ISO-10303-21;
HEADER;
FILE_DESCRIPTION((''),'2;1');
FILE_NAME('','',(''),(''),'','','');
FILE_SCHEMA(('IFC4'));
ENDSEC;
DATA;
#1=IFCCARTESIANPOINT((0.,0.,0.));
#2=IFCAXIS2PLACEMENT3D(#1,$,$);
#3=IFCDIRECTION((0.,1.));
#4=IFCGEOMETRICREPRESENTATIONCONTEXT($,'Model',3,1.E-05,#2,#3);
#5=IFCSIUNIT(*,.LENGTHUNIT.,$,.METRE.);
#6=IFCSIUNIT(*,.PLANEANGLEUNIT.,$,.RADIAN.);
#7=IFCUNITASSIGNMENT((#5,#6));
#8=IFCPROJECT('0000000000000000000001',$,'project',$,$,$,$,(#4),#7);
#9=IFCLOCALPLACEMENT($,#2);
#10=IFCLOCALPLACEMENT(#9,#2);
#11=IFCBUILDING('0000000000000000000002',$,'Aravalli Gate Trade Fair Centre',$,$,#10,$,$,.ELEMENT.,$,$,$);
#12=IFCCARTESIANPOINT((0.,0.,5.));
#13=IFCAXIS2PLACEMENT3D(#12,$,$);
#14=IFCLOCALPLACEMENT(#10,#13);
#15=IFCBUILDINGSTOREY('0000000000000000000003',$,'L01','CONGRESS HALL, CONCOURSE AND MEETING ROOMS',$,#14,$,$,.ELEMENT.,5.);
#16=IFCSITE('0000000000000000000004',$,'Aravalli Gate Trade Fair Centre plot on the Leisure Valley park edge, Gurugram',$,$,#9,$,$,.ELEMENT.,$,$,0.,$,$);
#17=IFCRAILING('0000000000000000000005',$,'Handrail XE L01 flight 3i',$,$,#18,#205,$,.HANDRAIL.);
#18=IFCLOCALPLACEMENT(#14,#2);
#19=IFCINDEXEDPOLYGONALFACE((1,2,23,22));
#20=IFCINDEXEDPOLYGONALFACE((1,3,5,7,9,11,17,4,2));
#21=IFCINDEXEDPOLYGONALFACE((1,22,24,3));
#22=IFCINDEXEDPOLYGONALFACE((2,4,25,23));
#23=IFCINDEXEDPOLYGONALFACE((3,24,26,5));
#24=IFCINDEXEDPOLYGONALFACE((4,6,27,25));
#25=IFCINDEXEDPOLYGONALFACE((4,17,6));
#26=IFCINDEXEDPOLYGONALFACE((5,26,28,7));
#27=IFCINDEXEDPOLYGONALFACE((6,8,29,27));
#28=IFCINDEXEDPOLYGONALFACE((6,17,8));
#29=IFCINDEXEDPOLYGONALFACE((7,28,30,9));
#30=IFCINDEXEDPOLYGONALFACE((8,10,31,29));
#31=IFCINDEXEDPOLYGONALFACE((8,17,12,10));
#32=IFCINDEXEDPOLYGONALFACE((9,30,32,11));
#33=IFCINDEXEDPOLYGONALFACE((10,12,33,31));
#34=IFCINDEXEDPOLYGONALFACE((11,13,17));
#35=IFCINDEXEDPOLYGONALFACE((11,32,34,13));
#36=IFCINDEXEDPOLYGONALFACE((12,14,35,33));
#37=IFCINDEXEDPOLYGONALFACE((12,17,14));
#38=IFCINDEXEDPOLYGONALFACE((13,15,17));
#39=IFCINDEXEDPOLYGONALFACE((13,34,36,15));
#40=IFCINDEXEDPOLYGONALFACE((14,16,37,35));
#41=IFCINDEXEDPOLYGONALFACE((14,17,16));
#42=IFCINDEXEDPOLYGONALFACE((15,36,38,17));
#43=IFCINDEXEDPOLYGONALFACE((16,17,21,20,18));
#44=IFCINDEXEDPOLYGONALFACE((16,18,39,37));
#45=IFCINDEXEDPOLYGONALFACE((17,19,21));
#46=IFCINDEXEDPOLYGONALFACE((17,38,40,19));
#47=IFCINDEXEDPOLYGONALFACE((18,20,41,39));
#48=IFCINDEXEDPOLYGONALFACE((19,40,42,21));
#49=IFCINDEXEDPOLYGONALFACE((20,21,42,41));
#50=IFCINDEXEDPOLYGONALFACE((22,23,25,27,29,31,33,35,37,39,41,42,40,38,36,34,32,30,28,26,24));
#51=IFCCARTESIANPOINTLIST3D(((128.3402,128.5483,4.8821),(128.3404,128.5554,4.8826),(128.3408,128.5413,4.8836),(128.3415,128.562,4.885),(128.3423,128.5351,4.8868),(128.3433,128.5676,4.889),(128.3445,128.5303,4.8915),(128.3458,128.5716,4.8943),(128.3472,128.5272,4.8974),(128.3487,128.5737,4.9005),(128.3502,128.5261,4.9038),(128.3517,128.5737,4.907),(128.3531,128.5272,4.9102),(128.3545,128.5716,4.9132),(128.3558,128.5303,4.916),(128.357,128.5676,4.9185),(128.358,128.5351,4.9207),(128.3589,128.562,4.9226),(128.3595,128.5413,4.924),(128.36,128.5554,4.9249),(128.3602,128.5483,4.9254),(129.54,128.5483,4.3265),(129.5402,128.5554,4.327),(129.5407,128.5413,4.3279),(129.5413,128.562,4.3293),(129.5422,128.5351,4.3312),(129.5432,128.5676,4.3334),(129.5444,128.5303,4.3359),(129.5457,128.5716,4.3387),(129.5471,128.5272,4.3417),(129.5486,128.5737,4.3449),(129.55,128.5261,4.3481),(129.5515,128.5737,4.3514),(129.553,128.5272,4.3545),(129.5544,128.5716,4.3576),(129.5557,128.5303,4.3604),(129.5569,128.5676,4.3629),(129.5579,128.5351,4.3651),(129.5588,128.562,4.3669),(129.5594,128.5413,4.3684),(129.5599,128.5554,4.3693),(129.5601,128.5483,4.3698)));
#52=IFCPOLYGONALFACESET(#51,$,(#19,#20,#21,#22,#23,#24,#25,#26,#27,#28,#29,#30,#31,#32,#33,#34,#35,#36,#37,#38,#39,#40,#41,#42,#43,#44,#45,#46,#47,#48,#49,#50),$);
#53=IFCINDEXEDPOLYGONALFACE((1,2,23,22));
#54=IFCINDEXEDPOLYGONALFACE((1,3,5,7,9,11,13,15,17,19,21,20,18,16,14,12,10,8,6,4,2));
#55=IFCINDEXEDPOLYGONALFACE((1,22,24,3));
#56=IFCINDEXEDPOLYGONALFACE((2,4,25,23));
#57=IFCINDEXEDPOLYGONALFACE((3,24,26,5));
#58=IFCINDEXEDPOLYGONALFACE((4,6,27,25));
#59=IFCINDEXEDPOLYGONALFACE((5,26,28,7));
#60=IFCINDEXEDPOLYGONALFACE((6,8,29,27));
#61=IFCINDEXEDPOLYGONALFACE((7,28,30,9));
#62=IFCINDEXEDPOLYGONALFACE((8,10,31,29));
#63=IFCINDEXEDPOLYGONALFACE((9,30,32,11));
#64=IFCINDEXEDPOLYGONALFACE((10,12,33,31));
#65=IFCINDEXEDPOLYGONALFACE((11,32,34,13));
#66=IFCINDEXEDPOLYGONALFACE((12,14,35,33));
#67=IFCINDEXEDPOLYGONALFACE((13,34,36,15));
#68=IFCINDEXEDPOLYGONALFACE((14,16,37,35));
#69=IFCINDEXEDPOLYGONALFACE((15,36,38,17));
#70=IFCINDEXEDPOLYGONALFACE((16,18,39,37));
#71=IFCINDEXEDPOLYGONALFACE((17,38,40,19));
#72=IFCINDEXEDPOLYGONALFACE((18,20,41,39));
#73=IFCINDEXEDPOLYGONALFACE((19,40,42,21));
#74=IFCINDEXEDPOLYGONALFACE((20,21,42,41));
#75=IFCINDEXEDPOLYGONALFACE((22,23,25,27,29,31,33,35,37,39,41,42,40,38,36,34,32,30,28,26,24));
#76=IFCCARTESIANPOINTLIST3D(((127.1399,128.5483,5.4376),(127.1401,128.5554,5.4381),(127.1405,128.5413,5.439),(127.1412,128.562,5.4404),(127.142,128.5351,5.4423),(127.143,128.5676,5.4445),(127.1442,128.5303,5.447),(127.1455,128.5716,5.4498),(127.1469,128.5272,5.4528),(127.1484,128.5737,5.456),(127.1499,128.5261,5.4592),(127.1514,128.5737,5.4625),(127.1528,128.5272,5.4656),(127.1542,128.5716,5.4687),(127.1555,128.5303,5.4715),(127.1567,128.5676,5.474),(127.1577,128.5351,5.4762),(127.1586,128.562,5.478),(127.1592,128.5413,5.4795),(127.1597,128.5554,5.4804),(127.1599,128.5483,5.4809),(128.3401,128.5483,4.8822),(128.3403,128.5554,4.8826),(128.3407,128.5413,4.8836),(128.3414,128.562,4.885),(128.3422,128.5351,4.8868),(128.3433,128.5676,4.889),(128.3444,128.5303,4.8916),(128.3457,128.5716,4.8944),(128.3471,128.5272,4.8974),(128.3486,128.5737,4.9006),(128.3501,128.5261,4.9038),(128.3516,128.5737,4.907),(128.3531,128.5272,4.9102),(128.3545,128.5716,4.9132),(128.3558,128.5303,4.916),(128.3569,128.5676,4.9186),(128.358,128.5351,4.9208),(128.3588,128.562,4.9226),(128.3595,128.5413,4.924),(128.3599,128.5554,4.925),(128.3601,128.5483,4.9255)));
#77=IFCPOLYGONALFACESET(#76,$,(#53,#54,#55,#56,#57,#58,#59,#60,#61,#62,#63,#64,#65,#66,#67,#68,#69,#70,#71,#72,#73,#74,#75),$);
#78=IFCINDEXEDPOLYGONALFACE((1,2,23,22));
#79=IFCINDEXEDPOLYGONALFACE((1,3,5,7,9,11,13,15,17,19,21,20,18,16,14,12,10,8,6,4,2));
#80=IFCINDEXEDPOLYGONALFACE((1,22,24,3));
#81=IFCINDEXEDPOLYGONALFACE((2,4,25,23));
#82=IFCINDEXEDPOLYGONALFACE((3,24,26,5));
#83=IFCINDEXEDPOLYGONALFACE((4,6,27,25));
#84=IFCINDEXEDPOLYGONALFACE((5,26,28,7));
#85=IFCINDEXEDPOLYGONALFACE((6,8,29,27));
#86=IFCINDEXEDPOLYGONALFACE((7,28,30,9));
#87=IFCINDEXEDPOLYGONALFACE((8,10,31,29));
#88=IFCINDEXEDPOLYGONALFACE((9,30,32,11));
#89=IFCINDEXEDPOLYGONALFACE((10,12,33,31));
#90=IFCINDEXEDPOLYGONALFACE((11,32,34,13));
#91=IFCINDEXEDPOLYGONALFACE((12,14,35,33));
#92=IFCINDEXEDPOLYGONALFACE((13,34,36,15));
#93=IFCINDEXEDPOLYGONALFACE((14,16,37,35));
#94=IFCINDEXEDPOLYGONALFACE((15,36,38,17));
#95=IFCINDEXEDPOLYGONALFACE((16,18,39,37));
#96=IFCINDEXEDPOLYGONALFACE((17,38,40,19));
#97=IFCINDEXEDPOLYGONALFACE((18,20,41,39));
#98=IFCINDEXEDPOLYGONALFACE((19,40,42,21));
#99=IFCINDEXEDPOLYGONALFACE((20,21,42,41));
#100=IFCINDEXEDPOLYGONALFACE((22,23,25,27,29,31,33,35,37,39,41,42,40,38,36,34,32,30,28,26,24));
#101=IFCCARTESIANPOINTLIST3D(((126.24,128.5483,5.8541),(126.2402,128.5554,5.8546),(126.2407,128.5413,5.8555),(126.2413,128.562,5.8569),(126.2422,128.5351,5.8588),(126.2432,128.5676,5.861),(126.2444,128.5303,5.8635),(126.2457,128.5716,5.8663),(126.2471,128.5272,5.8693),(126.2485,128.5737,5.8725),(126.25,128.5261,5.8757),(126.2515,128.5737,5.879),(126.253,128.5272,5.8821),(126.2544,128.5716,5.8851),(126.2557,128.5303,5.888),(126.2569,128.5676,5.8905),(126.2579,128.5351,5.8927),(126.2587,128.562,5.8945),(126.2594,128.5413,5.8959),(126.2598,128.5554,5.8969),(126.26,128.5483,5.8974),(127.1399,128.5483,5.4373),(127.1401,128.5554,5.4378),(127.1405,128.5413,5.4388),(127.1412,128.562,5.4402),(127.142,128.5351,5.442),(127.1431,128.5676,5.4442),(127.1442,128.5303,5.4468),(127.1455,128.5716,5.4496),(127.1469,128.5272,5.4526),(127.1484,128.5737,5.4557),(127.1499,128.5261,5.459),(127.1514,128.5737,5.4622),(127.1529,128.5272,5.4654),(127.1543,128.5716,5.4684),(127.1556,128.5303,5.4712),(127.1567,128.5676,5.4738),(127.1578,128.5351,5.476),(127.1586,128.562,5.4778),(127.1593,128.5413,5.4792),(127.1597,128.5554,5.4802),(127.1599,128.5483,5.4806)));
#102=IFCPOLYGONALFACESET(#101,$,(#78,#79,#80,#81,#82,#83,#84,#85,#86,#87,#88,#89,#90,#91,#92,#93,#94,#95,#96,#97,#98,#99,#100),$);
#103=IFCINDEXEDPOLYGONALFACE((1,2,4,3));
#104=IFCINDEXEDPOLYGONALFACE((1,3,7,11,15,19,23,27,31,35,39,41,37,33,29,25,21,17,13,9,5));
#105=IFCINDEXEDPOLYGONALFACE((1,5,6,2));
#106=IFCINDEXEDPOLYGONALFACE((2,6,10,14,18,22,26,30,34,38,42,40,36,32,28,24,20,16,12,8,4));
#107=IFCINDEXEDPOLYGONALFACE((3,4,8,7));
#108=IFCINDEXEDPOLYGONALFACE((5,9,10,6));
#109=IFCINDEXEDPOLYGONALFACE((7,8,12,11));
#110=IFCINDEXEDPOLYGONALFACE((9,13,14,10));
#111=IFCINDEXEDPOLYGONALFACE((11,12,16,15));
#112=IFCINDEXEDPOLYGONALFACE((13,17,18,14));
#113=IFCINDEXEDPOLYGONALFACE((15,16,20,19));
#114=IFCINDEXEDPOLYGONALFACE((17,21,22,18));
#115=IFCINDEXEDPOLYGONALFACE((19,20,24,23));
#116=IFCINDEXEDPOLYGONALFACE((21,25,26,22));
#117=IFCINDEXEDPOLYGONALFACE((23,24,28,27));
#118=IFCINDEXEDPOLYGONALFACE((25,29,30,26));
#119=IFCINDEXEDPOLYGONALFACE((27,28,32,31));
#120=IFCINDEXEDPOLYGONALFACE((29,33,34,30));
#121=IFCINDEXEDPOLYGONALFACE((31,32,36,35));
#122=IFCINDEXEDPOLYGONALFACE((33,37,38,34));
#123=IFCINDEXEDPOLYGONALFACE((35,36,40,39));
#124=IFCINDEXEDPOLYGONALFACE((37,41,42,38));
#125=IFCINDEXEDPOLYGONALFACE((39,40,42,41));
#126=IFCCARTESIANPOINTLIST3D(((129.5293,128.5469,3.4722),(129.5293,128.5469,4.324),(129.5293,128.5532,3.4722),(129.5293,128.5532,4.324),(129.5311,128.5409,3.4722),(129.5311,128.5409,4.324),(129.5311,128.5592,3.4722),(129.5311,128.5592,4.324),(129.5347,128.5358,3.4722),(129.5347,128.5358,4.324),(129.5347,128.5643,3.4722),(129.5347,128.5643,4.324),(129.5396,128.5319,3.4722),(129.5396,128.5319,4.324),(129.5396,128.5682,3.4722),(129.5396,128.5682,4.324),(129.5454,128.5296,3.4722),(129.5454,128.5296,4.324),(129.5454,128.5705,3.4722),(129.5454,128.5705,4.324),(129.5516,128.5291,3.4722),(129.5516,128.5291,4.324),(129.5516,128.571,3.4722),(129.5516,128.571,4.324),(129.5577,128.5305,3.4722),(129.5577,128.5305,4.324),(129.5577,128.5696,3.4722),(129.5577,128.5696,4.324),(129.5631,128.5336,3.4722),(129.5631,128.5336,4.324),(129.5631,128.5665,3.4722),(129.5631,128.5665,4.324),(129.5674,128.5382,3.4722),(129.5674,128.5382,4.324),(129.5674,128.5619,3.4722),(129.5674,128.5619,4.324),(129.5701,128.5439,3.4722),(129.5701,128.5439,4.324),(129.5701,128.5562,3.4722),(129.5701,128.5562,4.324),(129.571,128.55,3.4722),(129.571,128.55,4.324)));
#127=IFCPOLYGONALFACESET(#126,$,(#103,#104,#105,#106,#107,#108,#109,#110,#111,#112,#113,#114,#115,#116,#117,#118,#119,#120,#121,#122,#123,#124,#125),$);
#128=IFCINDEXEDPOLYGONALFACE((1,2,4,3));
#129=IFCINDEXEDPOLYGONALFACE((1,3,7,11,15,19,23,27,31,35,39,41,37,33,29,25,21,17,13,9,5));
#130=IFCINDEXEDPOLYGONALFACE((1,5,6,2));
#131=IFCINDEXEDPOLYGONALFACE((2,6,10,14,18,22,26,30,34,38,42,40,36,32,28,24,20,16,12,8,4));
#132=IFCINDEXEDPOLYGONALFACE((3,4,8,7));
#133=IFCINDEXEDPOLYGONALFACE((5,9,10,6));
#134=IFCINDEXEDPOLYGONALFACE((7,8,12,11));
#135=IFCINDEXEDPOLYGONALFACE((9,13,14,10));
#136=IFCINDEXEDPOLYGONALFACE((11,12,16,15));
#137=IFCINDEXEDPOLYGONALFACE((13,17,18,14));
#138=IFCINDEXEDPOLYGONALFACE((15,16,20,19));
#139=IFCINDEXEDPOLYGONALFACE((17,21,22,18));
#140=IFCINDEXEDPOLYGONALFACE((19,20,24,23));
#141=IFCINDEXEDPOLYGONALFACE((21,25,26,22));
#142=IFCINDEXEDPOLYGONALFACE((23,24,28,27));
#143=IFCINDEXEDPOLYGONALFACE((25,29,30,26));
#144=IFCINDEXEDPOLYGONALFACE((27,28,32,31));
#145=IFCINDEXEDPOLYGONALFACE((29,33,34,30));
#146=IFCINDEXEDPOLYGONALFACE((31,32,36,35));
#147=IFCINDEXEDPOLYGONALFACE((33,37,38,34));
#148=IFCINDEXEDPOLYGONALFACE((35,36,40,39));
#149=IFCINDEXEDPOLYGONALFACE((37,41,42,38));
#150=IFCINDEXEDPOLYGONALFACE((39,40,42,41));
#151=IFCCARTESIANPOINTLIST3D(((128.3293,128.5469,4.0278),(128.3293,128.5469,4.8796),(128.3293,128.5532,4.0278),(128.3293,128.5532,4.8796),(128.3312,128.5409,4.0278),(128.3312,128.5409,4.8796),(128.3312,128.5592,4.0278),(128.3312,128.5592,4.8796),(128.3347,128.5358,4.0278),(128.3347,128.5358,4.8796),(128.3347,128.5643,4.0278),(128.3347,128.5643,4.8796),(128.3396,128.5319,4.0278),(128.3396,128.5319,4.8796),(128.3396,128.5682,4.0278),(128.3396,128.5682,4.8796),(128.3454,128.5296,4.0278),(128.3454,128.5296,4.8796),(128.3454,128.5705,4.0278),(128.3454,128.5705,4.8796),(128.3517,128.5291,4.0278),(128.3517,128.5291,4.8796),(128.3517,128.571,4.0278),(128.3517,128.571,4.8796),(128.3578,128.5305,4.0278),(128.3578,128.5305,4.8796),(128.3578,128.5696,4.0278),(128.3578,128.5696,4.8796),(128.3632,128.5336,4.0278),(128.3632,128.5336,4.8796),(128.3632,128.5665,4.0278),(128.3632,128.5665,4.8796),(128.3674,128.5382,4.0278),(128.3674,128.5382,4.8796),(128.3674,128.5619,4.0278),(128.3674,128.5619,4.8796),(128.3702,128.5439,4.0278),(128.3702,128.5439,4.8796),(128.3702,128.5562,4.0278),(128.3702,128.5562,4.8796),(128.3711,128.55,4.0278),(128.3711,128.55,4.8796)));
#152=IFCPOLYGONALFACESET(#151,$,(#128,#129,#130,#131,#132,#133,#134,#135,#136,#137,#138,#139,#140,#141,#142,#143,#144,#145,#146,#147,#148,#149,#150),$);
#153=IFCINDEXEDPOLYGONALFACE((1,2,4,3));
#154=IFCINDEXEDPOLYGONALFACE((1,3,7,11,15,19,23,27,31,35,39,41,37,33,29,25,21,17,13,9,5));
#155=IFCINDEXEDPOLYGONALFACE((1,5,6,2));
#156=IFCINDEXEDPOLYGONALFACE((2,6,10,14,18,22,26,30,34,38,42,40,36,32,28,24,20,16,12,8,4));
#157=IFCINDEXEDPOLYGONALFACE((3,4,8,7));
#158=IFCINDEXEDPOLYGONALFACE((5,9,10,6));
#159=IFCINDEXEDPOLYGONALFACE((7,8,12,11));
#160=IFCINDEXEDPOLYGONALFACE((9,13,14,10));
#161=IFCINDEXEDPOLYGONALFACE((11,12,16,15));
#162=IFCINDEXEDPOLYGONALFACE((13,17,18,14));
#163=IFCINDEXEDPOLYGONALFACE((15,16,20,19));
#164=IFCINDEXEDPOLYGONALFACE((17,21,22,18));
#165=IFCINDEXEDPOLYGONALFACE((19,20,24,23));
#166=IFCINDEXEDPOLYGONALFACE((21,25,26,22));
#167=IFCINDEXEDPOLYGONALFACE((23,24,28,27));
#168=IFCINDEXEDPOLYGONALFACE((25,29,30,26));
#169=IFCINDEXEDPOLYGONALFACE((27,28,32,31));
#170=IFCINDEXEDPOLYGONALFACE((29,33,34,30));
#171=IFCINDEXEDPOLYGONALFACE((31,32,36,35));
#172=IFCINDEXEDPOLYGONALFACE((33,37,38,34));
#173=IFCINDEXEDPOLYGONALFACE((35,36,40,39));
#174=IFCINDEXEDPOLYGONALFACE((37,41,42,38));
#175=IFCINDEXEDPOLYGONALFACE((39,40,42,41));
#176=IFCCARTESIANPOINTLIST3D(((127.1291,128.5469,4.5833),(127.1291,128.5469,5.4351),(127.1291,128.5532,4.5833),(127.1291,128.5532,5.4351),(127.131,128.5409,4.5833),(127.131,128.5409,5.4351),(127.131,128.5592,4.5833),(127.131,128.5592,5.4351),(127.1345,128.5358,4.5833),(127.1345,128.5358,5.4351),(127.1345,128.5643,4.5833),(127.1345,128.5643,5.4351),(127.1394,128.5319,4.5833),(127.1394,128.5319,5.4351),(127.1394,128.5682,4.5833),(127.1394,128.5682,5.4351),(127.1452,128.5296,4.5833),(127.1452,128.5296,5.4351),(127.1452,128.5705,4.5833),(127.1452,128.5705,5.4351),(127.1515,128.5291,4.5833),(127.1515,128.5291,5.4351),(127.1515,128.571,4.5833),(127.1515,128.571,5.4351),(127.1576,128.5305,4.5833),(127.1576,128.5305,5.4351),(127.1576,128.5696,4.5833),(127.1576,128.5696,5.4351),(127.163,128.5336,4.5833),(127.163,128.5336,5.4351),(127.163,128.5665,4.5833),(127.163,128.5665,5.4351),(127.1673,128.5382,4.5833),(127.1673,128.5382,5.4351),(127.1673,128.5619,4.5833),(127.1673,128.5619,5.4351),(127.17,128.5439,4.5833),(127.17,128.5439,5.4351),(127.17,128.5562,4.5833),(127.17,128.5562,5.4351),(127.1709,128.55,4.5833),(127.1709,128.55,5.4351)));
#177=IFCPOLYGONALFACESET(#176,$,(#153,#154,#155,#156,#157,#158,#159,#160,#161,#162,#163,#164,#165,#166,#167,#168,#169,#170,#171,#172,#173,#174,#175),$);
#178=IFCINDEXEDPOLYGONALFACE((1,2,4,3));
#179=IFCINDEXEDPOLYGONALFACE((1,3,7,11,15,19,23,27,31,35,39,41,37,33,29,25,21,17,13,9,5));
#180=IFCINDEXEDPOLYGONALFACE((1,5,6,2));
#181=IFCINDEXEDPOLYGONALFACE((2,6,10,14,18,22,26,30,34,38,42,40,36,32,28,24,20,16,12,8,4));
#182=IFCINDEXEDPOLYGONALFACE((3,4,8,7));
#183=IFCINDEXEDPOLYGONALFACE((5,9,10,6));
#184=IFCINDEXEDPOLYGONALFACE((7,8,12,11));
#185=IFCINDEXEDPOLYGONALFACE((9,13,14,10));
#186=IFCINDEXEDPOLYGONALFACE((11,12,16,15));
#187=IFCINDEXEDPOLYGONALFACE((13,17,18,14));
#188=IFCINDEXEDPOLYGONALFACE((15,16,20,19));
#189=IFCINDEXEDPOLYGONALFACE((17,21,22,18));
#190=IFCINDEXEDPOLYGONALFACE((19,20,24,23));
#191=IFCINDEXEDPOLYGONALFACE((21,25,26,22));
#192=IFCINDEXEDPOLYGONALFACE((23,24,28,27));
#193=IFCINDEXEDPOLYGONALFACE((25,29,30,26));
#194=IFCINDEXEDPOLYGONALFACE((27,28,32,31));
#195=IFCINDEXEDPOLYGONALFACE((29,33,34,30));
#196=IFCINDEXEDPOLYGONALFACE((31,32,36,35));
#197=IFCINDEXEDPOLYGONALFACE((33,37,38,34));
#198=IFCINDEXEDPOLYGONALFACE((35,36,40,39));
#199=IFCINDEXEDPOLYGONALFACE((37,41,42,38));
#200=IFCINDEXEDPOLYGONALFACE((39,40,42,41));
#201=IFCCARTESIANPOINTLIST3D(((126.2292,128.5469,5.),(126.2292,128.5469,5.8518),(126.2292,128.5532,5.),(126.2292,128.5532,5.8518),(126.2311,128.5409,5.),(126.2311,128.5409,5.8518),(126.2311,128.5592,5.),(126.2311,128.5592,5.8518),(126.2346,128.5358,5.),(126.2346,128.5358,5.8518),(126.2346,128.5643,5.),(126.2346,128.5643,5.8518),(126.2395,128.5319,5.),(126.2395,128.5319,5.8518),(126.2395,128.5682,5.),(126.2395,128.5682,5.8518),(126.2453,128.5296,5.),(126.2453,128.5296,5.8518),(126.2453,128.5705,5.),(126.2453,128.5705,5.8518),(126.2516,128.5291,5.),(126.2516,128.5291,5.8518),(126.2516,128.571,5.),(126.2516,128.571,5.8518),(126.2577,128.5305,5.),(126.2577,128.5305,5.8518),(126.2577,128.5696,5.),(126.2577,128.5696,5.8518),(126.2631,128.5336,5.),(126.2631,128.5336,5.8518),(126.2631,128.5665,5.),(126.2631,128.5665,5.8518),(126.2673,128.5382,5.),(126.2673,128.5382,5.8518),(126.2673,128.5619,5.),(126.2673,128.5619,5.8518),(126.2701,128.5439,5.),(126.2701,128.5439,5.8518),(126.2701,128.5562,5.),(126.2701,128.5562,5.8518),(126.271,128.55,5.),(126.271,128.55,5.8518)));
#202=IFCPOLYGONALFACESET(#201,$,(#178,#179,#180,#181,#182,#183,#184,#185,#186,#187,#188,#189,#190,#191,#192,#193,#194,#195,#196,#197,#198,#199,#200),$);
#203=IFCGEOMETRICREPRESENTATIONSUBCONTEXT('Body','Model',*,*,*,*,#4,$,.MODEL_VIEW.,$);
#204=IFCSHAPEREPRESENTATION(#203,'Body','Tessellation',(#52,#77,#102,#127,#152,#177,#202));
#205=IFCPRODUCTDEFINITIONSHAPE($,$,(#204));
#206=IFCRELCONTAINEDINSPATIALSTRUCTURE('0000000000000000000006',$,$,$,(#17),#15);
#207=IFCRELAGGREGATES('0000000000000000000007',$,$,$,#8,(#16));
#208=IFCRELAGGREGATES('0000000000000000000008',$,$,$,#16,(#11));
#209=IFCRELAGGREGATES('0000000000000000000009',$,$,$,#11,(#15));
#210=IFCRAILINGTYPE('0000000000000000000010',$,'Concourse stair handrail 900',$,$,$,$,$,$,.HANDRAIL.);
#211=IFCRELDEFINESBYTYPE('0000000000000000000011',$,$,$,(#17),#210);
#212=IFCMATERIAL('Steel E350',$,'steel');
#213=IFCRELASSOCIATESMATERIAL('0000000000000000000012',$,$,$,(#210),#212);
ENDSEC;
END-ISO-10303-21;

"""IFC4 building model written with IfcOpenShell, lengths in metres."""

from ifc_helpers import new_model, si_unit, direction, frame, origin, origin_2d, place, context, subcontext, project, spatial, circle, extrude, material, type_object, element, save


model = new_model("IFC4")

# Units and contexts
model_context = context("Model", 3, precision=1e-05, world=origin(), true_north=direction((0.0, 1.0)))
body_context = subcontext(model_context, "Body", "Model", "MODEL_VIEW")
ifc_project = project(units=[si_unit("LENGTHUNIT", "METRE"), si_unit("PLANEANGLEUNIT", "RADIAN")], contexts=[model_context])

# Site, building, storey
site_placement = place(None, origin())
site = spatial("IfcSite", under=ifc_project, at=site_placement, Name="Aravalli Gate Trade Fair Centre plot on the Leisure Valley park edge, Gurugram", CompositionType="ELEMENT", RefElevation=0.0)
building_placement = place(site_placement, origin())
building = spatial("IfcBuilding", under=site, at=building_placement, Name="Aravalli Gate Trade Fair Centre", CompositionType="ELEMENT")
storey_placement = place(building_placement, frame((0.0, 0.0, 5.0)))
storey = spatial("IfcBuildingStorey", under=building, at=storey_placement, Name="L01", Description="CONGRESS HALL, CONCOURSE AND MEETING ROOMS", CompositionType="ELEMENT", Elevation=5.0)

# Shared definitions
ifc_material_1 = material(Name="Steel E350", Category="steel")

# Railing
railing_type = type_object("IfcRailingType", Name="Concourse stair handrail 900", PredefinedType="HANDRAIL", material=ifc_material_1)
for number, where, name in (
    (1, (129.55, 128.55, 3.4722), "Handrail XE L01 flight 3i"),
):
    element("IfcRailing", number, at=place(storey_placement, frame(where)), inside=storey, type_object=railing_type, Name=name, PredefinedType="HANDRAIL", context=body_context, shape_type="SweptSolid", body=[
        extrude(circle(Radius=0.0239, at=origin_2d()), frame((0.0, 0.0, 0.876), z_axis=(-0.907429, 0.0, 0.420205), x_axis=(0.0, -1.0, 0.0)), (0.0, 0.0, 1.0), 1.3223),
        extrude(circle(Radius=0.0239, at=origin_2d()), frame((-1.2, 0.0, 1.4316), z_axis=(-0.907532, 0.0, 0.419983), x_axis=(0.0, -1.0, 0.0)), (0.0, 0.0, 1.0), 1.3225),
        extrude(circle(Radius=0.0239, at=origin_2d()), frame((-2.4001, 0.0, 1.9868), z_axis=(-0.907418, 0.0, 0.420229), x_axis=(0.0, -1.0, 0.0)), (0.0, 0.0, 1.0), 0.9917),
        extrude(circle(Radius=0.021, at=origin_2d()), origin(), (0.0, 0.0, 1.0), 0.8518),
        extrude(circle(Radius=0.021, at=origin_2d()), frame((-1.2, 0.0, 0.5557)), (0.0, 0.0, 1.0), 0.8518),
        extrude(circle(Radius=0.021, at=origin_2d()), frame((-2.4001, 0.0, 1.1111)), (0.0, 0.0, 1.0), 0.8518),
        extrude(circle(Radius=0.021, at=origin_2d()), frame((-3.3, 0.0, 1.5278)), (0.0, 0.0, 1.0), 0.8518),
    ])

save(model, "model.ifc")
